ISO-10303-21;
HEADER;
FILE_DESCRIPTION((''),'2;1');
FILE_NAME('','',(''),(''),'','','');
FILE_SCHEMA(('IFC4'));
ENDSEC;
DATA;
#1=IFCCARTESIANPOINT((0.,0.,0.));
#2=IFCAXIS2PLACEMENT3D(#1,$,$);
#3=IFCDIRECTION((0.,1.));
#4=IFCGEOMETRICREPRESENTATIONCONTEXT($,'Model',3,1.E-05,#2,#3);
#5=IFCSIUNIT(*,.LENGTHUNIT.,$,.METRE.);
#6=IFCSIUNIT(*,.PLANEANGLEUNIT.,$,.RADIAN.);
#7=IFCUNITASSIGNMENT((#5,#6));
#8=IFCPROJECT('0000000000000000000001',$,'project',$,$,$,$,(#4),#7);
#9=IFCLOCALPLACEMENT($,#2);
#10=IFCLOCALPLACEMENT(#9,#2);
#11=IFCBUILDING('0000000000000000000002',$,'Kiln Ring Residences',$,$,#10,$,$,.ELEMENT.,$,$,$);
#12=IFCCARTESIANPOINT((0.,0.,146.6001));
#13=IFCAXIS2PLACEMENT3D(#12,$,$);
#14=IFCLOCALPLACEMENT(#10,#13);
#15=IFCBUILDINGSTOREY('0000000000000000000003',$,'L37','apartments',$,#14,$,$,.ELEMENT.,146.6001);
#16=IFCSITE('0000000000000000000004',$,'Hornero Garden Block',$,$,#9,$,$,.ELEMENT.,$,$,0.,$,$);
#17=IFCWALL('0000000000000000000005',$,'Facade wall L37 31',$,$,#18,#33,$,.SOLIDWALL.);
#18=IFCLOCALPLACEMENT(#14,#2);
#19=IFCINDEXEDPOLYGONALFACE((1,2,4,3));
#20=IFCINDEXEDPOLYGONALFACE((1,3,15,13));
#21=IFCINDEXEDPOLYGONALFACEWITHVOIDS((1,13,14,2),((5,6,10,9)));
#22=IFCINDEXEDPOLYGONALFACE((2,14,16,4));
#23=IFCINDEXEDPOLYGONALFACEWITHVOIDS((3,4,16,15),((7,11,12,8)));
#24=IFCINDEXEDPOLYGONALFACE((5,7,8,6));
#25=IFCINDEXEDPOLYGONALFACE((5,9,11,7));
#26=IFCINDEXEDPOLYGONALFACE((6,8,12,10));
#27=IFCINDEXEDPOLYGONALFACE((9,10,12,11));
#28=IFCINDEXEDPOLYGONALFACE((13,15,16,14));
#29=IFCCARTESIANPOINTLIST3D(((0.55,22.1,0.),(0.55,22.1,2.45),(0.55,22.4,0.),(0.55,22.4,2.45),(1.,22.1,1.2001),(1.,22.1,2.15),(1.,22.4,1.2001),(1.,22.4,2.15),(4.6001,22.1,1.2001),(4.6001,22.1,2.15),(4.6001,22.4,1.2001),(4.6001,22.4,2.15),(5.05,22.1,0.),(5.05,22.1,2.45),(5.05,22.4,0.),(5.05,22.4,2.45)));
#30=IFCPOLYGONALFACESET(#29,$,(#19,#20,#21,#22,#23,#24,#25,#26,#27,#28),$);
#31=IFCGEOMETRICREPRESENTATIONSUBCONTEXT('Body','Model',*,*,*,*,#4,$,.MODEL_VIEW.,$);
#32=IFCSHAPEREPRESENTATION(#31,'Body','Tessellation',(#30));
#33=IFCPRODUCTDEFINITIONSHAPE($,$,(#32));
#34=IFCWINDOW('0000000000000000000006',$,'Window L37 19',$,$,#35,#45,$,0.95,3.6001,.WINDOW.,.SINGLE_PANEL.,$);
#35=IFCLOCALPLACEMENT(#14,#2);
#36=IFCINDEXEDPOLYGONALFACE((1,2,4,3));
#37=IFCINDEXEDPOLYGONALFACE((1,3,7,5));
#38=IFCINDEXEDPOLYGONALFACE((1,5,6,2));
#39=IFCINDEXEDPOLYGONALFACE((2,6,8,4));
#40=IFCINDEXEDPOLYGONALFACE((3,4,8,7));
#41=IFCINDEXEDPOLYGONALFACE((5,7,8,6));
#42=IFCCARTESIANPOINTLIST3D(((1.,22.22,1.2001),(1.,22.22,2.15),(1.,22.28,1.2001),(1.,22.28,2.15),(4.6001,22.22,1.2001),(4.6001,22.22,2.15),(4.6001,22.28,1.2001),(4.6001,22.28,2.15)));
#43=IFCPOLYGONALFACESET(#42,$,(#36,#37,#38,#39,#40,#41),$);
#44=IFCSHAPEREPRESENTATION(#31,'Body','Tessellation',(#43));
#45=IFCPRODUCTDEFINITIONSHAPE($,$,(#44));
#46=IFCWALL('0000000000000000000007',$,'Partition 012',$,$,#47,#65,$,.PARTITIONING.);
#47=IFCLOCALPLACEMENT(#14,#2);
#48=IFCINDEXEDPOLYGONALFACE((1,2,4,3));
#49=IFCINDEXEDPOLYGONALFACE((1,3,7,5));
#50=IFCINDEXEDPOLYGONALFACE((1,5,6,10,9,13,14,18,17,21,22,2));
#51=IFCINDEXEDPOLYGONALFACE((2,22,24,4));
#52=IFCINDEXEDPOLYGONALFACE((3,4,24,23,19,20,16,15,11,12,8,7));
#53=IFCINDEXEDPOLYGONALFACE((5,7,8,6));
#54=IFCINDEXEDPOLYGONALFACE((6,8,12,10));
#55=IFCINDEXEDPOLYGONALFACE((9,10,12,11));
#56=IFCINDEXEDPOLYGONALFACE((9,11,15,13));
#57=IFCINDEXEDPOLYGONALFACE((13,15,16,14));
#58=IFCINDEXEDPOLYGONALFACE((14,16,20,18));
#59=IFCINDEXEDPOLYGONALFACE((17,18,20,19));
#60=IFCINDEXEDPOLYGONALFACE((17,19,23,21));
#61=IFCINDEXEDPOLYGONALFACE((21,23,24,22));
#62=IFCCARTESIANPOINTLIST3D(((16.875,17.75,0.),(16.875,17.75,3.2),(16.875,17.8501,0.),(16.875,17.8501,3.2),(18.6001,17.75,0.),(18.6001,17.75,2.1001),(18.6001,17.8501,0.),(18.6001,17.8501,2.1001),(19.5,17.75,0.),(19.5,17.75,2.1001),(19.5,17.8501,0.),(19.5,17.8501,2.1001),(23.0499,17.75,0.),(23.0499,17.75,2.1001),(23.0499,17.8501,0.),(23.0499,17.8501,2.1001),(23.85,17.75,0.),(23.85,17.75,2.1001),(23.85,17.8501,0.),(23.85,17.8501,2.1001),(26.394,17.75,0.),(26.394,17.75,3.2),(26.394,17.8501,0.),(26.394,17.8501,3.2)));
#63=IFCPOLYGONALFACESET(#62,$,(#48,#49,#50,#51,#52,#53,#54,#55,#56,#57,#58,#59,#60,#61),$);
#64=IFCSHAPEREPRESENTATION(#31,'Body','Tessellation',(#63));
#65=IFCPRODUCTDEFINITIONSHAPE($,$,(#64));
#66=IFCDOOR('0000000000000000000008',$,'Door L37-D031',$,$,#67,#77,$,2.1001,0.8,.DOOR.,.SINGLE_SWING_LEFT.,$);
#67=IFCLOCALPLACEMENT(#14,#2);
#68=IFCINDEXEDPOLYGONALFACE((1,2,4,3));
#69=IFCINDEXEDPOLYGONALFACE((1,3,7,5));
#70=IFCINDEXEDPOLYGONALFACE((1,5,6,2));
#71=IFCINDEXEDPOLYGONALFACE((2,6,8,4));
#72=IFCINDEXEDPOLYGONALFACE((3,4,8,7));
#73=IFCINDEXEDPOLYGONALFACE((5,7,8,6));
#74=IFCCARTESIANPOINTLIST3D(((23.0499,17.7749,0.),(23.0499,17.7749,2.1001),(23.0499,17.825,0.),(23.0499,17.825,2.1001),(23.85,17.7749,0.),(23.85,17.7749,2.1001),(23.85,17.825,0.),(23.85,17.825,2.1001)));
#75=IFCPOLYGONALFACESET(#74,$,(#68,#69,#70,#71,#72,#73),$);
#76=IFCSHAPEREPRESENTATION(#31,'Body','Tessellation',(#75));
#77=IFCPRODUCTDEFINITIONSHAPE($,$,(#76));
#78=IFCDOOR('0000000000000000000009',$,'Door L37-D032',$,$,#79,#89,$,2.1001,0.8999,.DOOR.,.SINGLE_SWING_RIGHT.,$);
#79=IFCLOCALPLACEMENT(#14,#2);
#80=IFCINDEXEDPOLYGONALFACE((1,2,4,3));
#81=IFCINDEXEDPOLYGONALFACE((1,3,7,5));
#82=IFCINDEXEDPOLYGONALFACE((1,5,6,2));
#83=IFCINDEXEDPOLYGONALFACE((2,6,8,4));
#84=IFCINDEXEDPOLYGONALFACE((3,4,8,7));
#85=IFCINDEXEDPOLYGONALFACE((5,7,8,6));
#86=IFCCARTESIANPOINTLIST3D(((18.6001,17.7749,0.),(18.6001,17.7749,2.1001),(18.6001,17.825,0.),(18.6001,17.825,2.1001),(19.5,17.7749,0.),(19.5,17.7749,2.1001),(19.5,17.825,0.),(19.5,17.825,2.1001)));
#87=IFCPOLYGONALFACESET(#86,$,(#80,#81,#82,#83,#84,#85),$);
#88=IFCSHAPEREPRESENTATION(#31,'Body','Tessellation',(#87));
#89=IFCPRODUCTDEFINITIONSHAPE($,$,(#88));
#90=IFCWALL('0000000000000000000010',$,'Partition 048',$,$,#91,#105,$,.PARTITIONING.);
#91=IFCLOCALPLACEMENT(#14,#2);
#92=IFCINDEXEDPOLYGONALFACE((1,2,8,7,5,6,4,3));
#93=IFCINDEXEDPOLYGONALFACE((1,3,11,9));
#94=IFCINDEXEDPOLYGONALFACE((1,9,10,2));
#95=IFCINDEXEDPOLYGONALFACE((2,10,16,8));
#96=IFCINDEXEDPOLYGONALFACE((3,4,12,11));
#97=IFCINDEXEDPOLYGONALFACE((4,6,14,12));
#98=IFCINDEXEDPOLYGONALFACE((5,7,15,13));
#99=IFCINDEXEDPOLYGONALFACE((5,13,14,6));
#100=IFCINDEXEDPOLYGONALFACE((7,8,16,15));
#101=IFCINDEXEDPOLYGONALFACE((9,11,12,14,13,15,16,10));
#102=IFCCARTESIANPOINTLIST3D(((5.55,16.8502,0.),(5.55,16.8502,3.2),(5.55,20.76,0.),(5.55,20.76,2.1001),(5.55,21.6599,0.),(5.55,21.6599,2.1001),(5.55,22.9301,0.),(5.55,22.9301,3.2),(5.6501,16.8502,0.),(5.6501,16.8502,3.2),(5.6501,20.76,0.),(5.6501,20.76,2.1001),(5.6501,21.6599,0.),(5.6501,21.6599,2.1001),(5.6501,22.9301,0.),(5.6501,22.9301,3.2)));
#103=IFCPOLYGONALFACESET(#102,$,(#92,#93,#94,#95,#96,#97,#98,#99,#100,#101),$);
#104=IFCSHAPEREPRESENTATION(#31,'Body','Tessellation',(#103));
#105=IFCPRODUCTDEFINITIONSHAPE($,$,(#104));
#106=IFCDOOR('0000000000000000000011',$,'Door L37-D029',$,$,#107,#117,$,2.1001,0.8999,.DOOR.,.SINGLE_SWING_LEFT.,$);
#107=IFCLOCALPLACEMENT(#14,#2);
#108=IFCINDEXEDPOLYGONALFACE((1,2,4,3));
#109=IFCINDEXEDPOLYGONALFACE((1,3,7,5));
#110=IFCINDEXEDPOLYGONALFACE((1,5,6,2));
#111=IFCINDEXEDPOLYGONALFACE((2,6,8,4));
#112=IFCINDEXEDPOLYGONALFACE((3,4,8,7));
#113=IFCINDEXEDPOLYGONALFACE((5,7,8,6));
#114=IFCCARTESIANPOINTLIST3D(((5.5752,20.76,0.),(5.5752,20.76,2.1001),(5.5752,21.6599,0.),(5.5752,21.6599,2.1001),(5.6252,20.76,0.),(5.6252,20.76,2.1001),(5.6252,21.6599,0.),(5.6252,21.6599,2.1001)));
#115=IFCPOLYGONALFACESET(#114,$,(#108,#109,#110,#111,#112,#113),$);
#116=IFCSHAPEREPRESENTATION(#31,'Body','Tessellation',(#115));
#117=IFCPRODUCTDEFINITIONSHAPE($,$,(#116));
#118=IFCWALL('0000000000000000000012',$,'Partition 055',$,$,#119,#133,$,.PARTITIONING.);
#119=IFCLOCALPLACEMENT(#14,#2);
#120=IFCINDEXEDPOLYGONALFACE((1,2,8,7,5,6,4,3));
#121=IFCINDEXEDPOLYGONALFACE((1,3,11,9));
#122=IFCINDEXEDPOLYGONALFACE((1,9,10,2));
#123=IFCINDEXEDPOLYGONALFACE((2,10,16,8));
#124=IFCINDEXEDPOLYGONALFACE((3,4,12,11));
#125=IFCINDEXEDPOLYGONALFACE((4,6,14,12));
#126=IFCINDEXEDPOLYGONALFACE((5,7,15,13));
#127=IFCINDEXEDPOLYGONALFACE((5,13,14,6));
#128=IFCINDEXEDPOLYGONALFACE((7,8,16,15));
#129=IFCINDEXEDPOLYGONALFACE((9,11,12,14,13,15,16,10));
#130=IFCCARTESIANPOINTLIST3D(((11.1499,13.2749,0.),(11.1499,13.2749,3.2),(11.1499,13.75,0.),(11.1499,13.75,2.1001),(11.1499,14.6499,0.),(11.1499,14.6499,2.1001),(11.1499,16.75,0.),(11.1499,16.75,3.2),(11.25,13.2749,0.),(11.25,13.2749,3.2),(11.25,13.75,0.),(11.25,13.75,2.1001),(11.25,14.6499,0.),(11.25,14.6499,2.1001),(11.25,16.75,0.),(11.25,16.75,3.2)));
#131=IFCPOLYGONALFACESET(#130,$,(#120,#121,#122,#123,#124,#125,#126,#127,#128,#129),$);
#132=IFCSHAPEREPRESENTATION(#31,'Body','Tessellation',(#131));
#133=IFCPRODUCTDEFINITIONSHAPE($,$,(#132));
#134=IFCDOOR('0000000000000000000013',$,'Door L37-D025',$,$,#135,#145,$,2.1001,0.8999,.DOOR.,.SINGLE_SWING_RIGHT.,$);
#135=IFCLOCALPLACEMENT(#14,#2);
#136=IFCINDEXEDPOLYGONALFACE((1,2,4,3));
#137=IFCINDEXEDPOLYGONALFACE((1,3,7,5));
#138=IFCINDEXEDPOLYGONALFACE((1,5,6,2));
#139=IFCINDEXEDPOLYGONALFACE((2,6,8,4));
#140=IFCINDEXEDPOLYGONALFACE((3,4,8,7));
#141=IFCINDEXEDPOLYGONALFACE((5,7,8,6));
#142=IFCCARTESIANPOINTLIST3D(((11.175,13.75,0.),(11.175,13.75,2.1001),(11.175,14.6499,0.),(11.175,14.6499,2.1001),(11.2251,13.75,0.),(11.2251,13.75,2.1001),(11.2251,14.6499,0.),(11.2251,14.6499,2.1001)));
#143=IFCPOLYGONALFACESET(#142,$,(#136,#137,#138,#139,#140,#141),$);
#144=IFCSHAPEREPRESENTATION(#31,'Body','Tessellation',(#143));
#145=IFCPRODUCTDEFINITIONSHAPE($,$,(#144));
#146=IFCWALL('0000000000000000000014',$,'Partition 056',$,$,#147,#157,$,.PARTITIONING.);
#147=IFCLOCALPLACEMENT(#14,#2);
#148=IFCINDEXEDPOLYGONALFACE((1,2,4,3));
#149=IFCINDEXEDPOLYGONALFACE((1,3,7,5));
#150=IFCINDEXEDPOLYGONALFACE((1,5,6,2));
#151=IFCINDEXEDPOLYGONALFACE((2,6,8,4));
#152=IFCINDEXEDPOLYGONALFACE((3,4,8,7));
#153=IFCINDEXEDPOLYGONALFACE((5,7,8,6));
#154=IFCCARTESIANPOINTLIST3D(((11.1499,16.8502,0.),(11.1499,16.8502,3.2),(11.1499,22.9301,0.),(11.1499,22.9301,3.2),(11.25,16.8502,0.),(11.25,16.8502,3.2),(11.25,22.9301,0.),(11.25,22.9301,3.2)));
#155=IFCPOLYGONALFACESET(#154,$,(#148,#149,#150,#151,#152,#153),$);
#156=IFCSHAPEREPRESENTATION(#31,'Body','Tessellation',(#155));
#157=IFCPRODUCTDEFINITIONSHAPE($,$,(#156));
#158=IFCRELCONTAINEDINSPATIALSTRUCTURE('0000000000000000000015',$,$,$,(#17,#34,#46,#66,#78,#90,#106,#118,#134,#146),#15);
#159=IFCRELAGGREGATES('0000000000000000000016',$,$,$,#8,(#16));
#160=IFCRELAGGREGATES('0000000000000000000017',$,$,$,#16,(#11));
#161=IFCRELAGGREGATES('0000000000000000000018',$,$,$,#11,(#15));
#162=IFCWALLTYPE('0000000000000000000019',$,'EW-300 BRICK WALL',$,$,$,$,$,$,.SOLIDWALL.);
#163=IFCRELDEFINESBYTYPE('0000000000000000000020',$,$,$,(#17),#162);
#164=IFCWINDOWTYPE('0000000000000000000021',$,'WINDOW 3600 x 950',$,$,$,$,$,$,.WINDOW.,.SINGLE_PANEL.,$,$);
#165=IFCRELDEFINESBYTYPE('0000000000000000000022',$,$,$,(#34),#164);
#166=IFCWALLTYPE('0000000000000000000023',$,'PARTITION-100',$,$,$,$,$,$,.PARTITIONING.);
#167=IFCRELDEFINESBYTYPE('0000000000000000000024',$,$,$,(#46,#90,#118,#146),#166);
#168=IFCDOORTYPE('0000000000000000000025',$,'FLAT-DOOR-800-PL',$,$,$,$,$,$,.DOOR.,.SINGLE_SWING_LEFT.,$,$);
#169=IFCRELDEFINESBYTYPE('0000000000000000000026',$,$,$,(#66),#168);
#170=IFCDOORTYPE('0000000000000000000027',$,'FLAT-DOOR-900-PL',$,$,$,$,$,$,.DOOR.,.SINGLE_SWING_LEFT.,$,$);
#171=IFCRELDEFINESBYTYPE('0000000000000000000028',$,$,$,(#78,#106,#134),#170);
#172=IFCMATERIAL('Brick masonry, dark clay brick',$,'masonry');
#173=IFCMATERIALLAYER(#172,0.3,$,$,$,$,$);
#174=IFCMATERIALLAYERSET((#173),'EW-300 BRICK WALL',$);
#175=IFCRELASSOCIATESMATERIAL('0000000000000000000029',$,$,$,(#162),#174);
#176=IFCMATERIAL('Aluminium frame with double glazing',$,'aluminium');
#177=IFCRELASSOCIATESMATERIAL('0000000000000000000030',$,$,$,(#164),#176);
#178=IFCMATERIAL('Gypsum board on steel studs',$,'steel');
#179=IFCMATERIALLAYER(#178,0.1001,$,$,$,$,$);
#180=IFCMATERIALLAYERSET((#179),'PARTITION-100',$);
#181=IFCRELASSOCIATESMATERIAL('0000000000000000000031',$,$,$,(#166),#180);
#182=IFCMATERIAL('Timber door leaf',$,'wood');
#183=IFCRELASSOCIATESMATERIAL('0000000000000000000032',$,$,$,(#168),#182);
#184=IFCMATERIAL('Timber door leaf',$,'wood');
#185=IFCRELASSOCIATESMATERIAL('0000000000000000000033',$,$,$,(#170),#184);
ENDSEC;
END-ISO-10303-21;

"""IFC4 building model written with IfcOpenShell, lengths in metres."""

from ifc_helpers import new_model, si_unit, direction, frame, frame_2d, origin, place, context, subcontext, project, spatial, rectangle, extrude, material, layer, layer_set, type_object, element, fill, save


model = new_model("IFC4")

# Units and contexts
model_context = context("Model", 3, precision=1e-05, world=origin(), true_north=direction((0.0, 1.0)))
body_context = subcontext(model_context, "Body", "Model", "MODEL_VIEW")
ifc_project = project(units=[si_unit("LENGTHUNIT", "METRE"), si_unit("PLANEANGLEUNIT", "RADIAN")], contexts=[model_context])

# Site, building, storey
site_placement = place(None, origin())
site = spatial("IfcSite", under=ifc_project, at=site_placement, Name="Hornero Garden Block", CompositionType="ELEMENT", RefElevation=0.0)
building_placement = place(site_placement, origin())
building = spatial("IfcBuilding", under=site, at=building_placement, Name="Kiln Ring Residences", CompositionType="ELEMENT")
storey_placement = place(building_placement, frame((0.0, 0.0, 146.6001)))
storey = spatial("IfcBuildingStorey", under=building, at=storey_placement, Name="L37", Description="apartments", CompositionType="ELEMENT", Elevation=146.6001)

# Wall, opening, window
ifc_material_1 = material(Name="Brick masonry, dark clay brick", Category="masonry")
ifc_layer_1 = layer(ifc_material_1, 0.3)
ifc_layer_set_1 = layer_set([ifc_layer_1], Name="EW-300 BRICK WALL")
wall_type_1 = type_object("IfcWallType", Name="EW-300 BRICK WALL", PredefinedType="SOLIDWALL", material=ifc_layer_set_1)
ifc_material_2 = material(Name="Aluminium frame with double glazing", Category="aluminium")
window_type = type_object("IfcWindowType", Name="WINDOW 3600 x 950", PartitioningType="SINGLE_PANEL", PredefinedType="WINDOW", material=ifc_material_2)
wall_1_placement = place(storey_placement, frame((5.05, 22.25, 0.0), z_axis=(0.0, 0.0, 1.0), x_axis=(-1.0, 0.0, 0.0)))
wall_1 = element("IfcWall", 1, at=wall_1_placement, inside=storey, type_object=wall_type_1, Name="Facade wall L37 31", PredefinedType="SOLIDWALL", context=body_context, shape_type="SweptSolid", body=[
    extrude(rectangle(XDim=4.5, YDim=0.3, at=frame_2d((2.25, 0.0))), origin(), (0.0, 0.0, 1.0), 2.45),
])
opening_1_placement = place(wall_1_placement, frame((0.45, 0.0, 1.2)))
opening_1 = element("IfcOpeningElement", 2, at=opening_1_placement, cuts=wall_1, PredefinedType="OPENING", context=body_context, shape_type="SweptSolid", body=[
    extrude(rectangle(XDim=3.6001, YDim=0.95, at=frame_2d((1.8, 0.4751))), frame((0.0, 0.1599, 0.0), z_axis=(0.0, -1.0, 0.0), x_axis=(1.0, 0.0, 0.0)), (0.0, 0.0, 1.0), 0.3201),
])
window_1_placement = place(opening_1_placement, origin())
window_1 = element("IfcWindow", 3, at=window_1_placement, inside=storey, type_object=window_type, Name="Window L37 19", OverallHeight=0.95, OverallWidth=3.6001, PartitioningType="SINGLE_PANEL", PredefinedType="WINDOW", context=body_context, shape_type="SweptSolid", body=[
    extrude(rectangle(XDim=3.6001, YDim=0.95, at=frame_2d((1.8, 0.4751))), frame((0.0, 0.03, 0.0), z_axis=(0.0, -1.0, 0.0), x_axis=(1.0, 0.0, 0.0)), (0.0, 0.0, 1.0), 0.0601),
])
fill(opening_1, window_1)

# Wall, openings, doors
ifc_material_3 = material(Name="Gypsum board on steel studs", Category="steel")
ifc_layer_2 = layer(ifc_material_3, 0.1001)
ifc_layer_set_2 = layer_set([ifc_layer_2], Name="PARTITION-100")
wall_type_2 = type_object("IfcWallType", Name="PARTITION-100", PredefinedType="PARTITIONING", material=ifc_layer_set_2)
wall_2_placement = place(storey_placement, frame((16.875, 17.8, 0.0), z_axis=(0.0, 0.0, 1.0), x_axis=(1.0, 0.0, 0.0)))
wall_2 = element("IfcWall", 4, at=wall_2_placement, inside=storey, type_object=wall_type_2, Name="Partition 012", PredefinedType="PARTITIONING", context=body_context, shape_type="SweptSolid", body=[
    extrude(rectangle(XDim=9.519, YDim=0.1001, at=frame_2d((4.7595, 0.0))), origin(), (0.0, 0.0, 1.0), 3.2),
])
opening_2_placement = place(wall_2_placement, frame((6.175, 0.0, 0.0)))
opening_2 = element("IfcOpeningElement", 5, at=opening_2_placement, cuts=wall_2, PredefinedType="OPENING", context=body_context, shape_type="SweptSolid", body=[
    extrude(rectangle(XDim=0.8, YDim=2.1001, at=frame_2d((0.3999, 1.05))), frame((0.0, 0.0601, 0.0), z_axis=(0.0, -1.0, 0.0), x_axis=(1.0, 0.0, 0.0)), (0.0, 0.0, 1.0), 0.1201),
])
opening_3_placement = place(wall_2_placement, frame((1.7251, 0.0, 0.0)))
opening_3 = element("IfcOpeningElement", 6, at=opening_3_placement, cuts=wall_2, PredefinedType="OPENING", context=body_context, shape_type="SweptSolid", body=[
    extrude(rectangle(XDim=0.8999, YDim=2.1001, at=frame_2d((0.45, 1.05))), frame((0.0, 0.0601, 0.0), z_axis=(0.0, -1.0, 0.0), x_axis=(1.0, 0.0, 0.0)), (0.0, 0.0, 1.0), 0.1201),
])
ifc_material_4 = material(Name="Timber door leaf", Category="wood")
door_type_1 = type_object("IfcDoorType", Name="FLAT-DOOR-800-PL", OperationType="SINGLE_SWING_LEFT", PredefinedType="DOOR", material=ifc_material_4)
door_1_placement = place(opening_2_placement, origin())
door_1 = element("IfcDoor", 7, at=door_1_placement, inside=storey, type_object=door_type_1, Name="Door L37-D031", OperationType="SINGLE_SWING_LEFT", OverallHeight=2.1001, OverallWidth=0.8, PredefinedType="DOOR", context=body_context, shape_type="SweptSolid", body=[
    extrude(rectangle(XDim=0.8, YDim=2.1001, at=frame_2d((0.3999, 1.05))), frame((0.0, 0.0249, 0.0), z_axis=(0.0, -1.0, 0.0), x_axis=(1.0, 0.0, 0.0)), (0.0, 0.0, 1.0), 0.05),
])
fill(opening_2, door_1)
ifc_material_5 = material(Name="Timber door leaf", Category="wood")
door_type_2 = type_object("IfcDoorType", Name="FLAT-DOOR-900-PL", OperationType="SINGLE_SWING_LEFT", PredefinedType="DOOR", material=ifc_material_5)
door_2_placement = place(opening_3_placement, origin())
door_2 = element("IfcDoor", 8, at=door_2_placement, inside=storey, type_object=door_type_2, Name="Door L37-D032", OperationType="SINGLE_SWING_RIGHT", OverallHeight=2.1001, OverallWidth=0.8999, PredefinedType="DOOR", context=body_context, shape_type="SweptSolid", body=[
    extrude(rectangle(XDim=0.8999, YDim=2.1001, at=frame_2d((0.45, 1.05))), frame((0.0, 0.0249, 0.0), z_axis=(0.0, -1.0, 0.0), x_axis=(1.0, 0.0, 0.0)), (0.0, 0.0, 1.0), 0.05),
])
fill(opening_3, door_2)

# Walls, openings, doors
wall_3_placement = place(storey_placement, frame((5.6001, 16.8501, 0.0), z_axis=(0.0, 0.0, 1.0), x_axis=(0.0, 1.0, 0.0)))
wall_3 = element("IfcWall", 9, at=wall_3_placement, inside=storey, type_object=wall_type_2, Name="Partition 048", PredefinedType="PARTITIONING", context=body_context, shape_type="SweptSolid", body=[
    extrude(rectangle(XDim=6.0798, YDim=0.1001, at=frame_2d((3.04, 0.0))), origin(), (0.0, 0.0, 1.0), 3.2),
])
opening_4_placement = place(wall_3_placement, frame((3.9099, 0.0, 0.0)))
opening_4 = element("IfcOpeningElement", 10, at=opening_4_placement, cuts=wall_3, PredefinedType="OPENING", context=body_context, shape_type="SweptSolid", body=[
    extrude(rectangle(XDim=0.8999, YDim=2.1001, at=frame_2d((0.45, 1.05))), frame((0.0, 0.0601, 0.0), z_axis=(0.0, -1.0, 0.0), x_axis=(1.0, 0.0, 0.0)), (0.0, 0.0, 1.0), 0.1201),
])
door_3_placement = place(opening_4_placement, origin())
door_3 = element("IfcDoor", 11, at=door_3_placement, inside=storey, type_object=door_type_2, Name="Door L37-D029", OperationType="SINGLE_SWING_LEFT", OverallHeight=2.1001, OverallWidth=0.8999, PredefinedType="DOOR", context=body_context, shape_type="SweptSolid", body=[
    extrude(rectangle(XDim=0.8999, YDim=2.1001, at=frame_2d((0.45, 1.05))), frame((0.0, 0.0249, 0.0), z_axis=(0.0, -1.0, 0.0), x_axis=(1.0, 0.0, 0.0)), (0.0, 0.0, 1.0), 0.05),
])
fill(opening_4, door_3)
wall_4_placement = place(storey_placement, frame((11.2, 13.2749, 0.0), z_axis=(0.0, 0.0, 1.0), x_axis=(0.0, 1.0, 0.0)))
wall_4 = element("IfcWall", 12, at=wall_4_placement, inside=storey, type_object=wall_type_2, Name="Partition 055", PredefinedType="PARTITIONING", context=body_context, shape_type="SweptSolid", body=[
    extrude(rectangle(XDim=3.4751, YDim=0.1001, at=frame_2d((1.7375, 0.0))), origin(), (0.0, 0.0, 1.0), 3.2),
])
opening_5_placement = place(wall_4_placement, frame((0.4751, 0.0, 0.0)))
opening_5 = element("IfcOpeningElement", 13, at=opening_5_placement, cuts=wall_4, PredefinedType="OPENING", context=body_context, shape_type="SweptSolid", body=[
    extrude(rectangle(XDim=0.8999, YDim=2.1001, at=frame_2d((0.45, 1.05))), frame((0.0, 0.0601, 0.0), z_axis=(0.0, -1.0, 0.0), x_axis=(1.0, 0.0, 0.0)), (0.0, 0.0, 1.0), 0.1201),
])
door_4_placement = place(opening_5_placement, origin())
door_4 = element("IfcDoor", 14, at=door_4_placement, inside=storey, type_object=door_type_2, Name="Door L37-D025", OperationType="SINGLE_SWING_RIGHT", OverallHeight=2.1001, OverallWidth=0.8999, PredefinedType="DOOR", context=body_context, shape_type="SweptSolid", body=[
    extrude(rectangle(XDim=0.8999, YDim=2.1001, at=frame_2d((0.45, 1.05))), frame((0.0, 0.0249, 0.0), z_axis=(0.0, -1.0, 0.0), x_axis=(1.0, 0.0, 0.0)), (0.0, 0.0, 1.0), 0.05),
])
fill(opening_5, door_4)

# Wall
wall_5_placement = place(storey_placement, frame((11.2, 16.8501, 0.0), z_axis=(0.0, 0.0, 1.0), x_axis=(0.0, 1.0, 0.0)))
element("IfcWall", 15, at=wall_5_placement, inside=storey, type_object=wall_type_2, Name="Partition 056", PredefinedType="PARTITIONING", context=body_context, shape_type="SweptSolid", body=[
    extrude(rectangle(XDim=6.0798, YDim=0.1001, at=frame_2d((3.04, 0.0))), origin(), (0.0, 0.0, 1.0), 3.2),
])

save(model, "model.ifc")
